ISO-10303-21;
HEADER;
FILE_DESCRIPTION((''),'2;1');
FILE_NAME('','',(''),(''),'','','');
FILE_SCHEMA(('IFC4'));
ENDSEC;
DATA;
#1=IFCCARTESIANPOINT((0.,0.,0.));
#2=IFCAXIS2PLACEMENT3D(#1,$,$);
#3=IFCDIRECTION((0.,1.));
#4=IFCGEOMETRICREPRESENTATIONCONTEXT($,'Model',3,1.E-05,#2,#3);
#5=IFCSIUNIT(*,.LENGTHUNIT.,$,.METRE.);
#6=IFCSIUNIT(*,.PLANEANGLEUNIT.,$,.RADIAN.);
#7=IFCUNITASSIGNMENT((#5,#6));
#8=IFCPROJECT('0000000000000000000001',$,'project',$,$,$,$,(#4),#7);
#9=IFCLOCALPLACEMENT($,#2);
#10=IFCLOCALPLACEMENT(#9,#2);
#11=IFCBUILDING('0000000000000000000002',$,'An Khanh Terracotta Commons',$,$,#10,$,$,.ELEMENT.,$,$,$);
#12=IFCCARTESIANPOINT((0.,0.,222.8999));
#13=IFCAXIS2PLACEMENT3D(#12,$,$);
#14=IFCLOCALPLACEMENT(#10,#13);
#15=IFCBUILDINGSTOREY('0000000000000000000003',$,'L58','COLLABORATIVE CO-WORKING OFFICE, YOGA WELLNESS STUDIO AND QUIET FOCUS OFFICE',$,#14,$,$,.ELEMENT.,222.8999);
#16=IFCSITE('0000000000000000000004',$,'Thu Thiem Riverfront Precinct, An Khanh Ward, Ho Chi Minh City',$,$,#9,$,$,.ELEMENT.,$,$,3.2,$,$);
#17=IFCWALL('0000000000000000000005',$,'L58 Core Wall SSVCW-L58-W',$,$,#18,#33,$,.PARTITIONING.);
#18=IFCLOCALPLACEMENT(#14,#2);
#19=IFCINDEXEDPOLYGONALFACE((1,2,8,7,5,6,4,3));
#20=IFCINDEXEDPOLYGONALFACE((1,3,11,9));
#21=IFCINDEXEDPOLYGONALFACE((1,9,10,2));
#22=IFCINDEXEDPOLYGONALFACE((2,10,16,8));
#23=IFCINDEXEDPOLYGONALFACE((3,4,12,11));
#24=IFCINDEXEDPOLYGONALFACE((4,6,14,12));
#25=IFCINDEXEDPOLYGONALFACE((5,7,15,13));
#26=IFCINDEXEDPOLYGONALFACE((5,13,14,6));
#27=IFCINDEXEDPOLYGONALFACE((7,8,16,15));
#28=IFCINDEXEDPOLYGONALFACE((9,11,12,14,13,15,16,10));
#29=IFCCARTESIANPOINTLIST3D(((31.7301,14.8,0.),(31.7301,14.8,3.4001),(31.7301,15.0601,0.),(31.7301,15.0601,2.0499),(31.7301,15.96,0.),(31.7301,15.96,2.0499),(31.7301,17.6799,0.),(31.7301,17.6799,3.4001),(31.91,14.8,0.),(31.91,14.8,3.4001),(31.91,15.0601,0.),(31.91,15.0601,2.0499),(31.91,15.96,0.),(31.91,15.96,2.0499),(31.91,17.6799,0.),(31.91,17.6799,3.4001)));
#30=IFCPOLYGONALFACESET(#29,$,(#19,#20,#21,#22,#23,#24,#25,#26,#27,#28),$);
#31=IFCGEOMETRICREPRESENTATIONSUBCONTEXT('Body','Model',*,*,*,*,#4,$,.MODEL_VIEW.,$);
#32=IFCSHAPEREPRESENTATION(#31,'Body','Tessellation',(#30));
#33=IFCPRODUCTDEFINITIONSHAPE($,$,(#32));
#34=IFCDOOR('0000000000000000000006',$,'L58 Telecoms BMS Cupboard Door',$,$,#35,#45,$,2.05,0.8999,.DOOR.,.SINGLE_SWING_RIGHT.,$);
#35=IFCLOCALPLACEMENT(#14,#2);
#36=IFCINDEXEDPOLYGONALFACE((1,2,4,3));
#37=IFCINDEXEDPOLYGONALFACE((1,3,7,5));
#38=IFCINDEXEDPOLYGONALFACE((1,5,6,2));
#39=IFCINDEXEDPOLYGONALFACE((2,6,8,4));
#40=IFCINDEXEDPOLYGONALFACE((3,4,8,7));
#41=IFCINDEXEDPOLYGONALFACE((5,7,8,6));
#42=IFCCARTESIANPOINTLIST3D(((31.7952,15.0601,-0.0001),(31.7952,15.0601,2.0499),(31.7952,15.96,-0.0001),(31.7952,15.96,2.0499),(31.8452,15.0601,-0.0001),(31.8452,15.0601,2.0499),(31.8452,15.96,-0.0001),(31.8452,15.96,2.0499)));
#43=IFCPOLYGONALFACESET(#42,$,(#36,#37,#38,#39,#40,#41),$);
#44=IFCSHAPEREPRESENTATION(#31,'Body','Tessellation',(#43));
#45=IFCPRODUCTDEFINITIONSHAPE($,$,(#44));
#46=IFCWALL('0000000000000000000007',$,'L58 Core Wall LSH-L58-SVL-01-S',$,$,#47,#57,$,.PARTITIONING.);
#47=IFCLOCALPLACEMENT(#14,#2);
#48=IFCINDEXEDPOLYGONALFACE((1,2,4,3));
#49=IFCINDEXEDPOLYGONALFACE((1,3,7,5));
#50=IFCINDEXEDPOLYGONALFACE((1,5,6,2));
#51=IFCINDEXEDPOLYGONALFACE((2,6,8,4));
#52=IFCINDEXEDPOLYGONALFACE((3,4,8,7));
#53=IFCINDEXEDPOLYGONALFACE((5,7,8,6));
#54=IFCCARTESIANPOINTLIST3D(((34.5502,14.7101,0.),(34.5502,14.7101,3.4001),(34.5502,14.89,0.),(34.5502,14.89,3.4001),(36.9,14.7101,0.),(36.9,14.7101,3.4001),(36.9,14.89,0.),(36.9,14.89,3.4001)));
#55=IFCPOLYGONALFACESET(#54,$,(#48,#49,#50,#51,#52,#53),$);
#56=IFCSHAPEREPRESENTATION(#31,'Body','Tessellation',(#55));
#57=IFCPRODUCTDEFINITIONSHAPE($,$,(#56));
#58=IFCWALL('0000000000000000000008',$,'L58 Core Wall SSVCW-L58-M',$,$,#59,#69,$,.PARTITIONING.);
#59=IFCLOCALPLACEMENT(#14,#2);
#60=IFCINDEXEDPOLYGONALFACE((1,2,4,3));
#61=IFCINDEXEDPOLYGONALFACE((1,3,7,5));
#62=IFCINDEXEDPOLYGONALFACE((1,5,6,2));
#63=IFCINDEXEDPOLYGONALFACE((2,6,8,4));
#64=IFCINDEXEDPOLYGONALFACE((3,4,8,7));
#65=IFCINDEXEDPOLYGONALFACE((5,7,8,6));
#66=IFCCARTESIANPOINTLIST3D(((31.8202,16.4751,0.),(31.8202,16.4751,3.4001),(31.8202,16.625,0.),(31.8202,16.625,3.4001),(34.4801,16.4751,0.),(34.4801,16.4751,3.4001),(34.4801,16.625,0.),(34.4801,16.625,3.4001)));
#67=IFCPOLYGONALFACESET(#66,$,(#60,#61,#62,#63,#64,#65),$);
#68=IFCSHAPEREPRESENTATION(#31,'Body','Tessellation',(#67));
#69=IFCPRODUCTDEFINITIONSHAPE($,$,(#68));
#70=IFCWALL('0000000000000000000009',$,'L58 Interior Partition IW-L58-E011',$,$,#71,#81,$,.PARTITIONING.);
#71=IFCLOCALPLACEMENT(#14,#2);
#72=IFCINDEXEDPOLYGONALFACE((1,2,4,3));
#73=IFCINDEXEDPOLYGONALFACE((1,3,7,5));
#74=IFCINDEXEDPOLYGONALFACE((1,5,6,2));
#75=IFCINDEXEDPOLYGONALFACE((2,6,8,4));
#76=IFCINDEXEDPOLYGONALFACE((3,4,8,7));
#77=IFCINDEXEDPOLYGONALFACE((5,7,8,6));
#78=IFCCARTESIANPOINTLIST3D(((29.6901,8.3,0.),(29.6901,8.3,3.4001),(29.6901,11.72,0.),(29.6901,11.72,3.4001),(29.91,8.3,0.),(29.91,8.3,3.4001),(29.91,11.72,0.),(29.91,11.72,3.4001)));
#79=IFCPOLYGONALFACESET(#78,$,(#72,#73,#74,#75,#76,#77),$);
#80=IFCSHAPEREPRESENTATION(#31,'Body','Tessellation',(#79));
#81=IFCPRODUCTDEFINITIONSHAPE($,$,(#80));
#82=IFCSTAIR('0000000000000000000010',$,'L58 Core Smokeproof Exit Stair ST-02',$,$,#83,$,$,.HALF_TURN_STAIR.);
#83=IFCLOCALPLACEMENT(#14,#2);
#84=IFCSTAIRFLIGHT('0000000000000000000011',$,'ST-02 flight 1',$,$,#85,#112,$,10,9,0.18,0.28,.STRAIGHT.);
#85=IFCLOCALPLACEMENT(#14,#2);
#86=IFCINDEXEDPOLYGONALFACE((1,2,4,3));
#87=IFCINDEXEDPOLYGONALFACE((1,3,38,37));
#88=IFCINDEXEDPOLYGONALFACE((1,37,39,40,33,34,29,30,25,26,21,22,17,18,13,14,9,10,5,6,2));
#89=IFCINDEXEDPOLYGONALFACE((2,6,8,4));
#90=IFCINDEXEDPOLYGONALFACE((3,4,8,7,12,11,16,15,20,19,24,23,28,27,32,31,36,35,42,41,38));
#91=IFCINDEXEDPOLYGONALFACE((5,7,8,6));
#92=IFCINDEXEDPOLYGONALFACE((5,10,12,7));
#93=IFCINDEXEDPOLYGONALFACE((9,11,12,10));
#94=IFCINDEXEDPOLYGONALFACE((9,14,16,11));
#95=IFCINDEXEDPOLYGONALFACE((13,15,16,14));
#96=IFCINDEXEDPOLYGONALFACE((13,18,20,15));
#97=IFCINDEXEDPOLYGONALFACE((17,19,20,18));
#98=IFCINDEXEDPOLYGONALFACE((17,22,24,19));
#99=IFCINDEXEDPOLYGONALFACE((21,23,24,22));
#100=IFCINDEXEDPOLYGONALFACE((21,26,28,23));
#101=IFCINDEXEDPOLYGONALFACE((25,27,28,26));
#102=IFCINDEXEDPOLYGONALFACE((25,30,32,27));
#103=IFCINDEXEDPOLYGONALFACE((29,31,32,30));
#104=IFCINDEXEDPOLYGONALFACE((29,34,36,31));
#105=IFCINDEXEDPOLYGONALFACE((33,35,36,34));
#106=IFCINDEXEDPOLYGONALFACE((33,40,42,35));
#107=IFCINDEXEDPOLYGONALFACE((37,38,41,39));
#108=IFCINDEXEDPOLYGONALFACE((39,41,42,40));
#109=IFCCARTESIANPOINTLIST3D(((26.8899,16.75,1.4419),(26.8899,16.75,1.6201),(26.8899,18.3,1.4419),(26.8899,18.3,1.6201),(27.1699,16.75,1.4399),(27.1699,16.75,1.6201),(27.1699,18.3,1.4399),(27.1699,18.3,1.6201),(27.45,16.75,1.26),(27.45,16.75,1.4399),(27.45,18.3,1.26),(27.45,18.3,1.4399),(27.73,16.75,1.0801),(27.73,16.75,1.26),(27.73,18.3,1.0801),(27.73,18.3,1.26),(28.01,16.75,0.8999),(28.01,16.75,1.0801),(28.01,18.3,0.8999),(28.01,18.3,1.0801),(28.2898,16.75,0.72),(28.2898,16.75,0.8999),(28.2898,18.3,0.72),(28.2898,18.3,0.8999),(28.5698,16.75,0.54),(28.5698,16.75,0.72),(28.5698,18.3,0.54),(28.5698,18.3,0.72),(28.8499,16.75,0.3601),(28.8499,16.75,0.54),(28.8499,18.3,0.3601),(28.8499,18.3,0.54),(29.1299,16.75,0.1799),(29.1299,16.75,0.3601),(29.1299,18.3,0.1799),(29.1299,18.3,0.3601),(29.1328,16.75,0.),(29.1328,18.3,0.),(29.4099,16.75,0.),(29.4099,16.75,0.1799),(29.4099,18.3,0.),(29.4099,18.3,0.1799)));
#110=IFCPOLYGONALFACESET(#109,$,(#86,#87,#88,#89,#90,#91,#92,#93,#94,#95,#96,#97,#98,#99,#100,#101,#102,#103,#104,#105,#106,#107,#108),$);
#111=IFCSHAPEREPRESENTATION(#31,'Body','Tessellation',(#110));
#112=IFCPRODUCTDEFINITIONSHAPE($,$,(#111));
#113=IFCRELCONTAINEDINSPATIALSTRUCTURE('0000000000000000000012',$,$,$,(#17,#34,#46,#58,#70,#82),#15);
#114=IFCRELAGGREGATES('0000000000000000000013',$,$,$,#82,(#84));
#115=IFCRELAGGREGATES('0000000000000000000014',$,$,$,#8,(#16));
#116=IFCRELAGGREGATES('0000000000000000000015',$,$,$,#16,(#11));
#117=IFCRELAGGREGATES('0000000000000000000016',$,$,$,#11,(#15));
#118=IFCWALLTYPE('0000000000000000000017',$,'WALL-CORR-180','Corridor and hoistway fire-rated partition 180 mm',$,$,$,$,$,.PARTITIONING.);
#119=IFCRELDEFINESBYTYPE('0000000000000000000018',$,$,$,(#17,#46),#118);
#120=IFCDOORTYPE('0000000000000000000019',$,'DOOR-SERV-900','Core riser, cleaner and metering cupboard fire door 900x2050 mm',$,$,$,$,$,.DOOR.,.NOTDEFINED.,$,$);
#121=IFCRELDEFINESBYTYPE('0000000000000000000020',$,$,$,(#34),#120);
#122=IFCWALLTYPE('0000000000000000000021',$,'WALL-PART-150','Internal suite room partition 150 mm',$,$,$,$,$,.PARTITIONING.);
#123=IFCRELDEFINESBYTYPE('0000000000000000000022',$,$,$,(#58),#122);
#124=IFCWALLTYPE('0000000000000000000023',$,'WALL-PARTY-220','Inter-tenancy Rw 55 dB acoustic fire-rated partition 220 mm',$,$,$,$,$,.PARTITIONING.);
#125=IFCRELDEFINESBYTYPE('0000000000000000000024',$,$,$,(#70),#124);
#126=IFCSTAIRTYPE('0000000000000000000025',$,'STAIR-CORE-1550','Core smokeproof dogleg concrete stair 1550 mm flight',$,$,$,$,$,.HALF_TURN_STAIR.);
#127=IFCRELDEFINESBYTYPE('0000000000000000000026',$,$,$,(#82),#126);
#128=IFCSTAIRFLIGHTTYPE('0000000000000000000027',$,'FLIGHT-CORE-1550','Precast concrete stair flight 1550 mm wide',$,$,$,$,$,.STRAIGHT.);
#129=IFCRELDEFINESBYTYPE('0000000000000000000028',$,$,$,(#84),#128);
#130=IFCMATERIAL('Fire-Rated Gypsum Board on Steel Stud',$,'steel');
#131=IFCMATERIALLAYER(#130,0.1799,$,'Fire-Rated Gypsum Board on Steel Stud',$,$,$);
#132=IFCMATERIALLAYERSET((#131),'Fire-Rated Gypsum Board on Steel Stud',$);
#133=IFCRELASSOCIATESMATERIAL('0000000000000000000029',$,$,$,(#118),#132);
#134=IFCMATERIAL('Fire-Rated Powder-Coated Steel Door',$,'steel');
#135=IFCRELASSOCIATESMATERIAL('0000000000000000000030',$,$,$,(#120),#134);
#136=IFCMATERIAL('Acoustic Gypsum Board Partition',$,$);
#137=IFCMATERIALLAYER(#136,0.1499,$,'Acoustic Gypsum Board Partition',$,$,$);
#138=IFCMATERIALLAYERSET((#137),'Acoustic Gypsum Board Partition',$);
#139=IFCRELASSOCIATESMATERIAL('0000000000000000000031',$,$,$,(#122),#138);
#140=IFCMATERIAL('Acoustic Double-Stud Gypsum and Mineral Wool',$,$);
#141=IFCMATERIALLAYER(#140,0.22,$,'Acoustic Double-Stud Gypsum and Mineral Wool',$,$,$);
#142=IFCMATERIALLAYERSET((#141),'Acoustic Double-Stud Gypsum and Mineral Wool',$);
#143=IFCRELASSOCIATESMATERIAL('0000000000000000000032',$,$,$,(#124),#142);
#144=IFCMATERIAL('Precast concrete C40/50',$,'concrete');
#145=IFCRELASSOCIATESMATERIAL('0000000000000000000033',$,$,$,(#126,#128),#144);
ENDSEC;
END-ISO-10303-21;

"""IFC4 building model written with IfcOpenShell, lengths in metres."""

from ifc_helpers import new_model, si_unit, direction, frame, frame_2d, origin, place, context, subcontext, project, spatial, polyline, rectangle, outline, extrude, material, layer, layer_set, type_object, element, fill, aggregate, save


model = new_model("IFC4")

# Units and contexts
model_context = context("Model", 3, precision=1e-05, world=origin(), true_north=direction((0.0, 1.0)))
body_context = subcontext(model_context, "Body", "Model", "MODEL_VIEW")
ifc_project = project(units=[si_unit("LENGTHUNIT", "METRE"), si_unit("PLANEANGLEUNIT", "RADIAN")], contexts=[model_context])

# Site, building, storey
site_placement = place(None, origin())
site = spatial("IfcSite", under=ifc_project, at=site_placement, Name="Thu Thiem Riverfront Precinct, An Khanh Ward, Ho Chi Minh City", CompositionType="ELEMENT", RefElevation=3.2)
building_placement = place(site_placement, origin())
building = spatial("IfcBuilding", under=site, at=building_placement, Name="An Khanh Terracotta Commons", CompositionType="ELEMENT")
storey_placement = place(building_placement, frame((0.0, 0.0, 222.8999)))
storey = spatial("IfcBuildingStorey", under=building, at=storey_placement, Name="L58", Description="COLLABORATIVE CO-WORKING OFFICE, YOGA WELLNESS STUDIO AND QUIET FOCUS OFFICE", CompositionType="ELEMENT", Elevation=222.8999)

# Wall, opening, door
ifc_material_1 = material(Name="Fire-Rated Gypsum Board on Steel Stud", Category="steel")
ifc_layer_1 = layer(ifc_material_1, 0.1799, Name="Fire-Rated Gypsum Board on Steel Stud")
ifc_layer_set_1 = layer_set([ifc_layer_1], Name="Fire-Rated Gypsum Board on Steel Stud")
wall_type_1 = type_object("IfcWallType", Name="WALL-CORR-180", Description="Corridor and hoistway fire-rated partition 180 mm", PredefinedType="PARTITIONING", material=ifc_layer_set_1)
wall_1_placement = place(storey_placement, frame((31.8201, 14.8, 0.0), z_axis=(0.0, 0.0, 1.0), x_axis=(0.0, 1.0, 0.0)))
wall_1 = element("IfcWall", 1, at=wall_1_placement, inside=storey, type_object=wall_type_1, Name="L58 Core Wall SSVCW-L58-W", PredefinedType="PARTITIONING", context=body_context, shape_type="SweptSolid", body=[
    extrude(rectangle(XDim=2.8799, YDim=0.1799, at=frame_2d((1.4399, 0.0))), origin(), (0.0, 0.0, 1.0), 3.4001),
])
opening_1_placement = place(wall_1_placement, frame((0.26, 0.0, 0.0)))
opening_1 = element("IfcOpeningElement", 2, at=opening_1_placement, cuts=wall_1, PredefinedType="OPENING", context=body_context, shape_type="SweptSolid", body=[
    extrude(rectangle(XDim=0.8999, YDim=2.05, at=frame_2d((0.45, 1.0249))), frame((0.0, 0.0999, 0.0), z_axis=(0.0, -1.0, 0.0), x_axis=(1.0, 0.0, 0.0)), (0.0, 0.0, 1.0), 0.2),
])
ifc_material_2 = material(Name="Fire-Rated Powder-Coated Steel Door", Category="steel")
door_type_1 = type_object("IfcDoorType", Name="DOOR-SERV-900", Description="Core riser, cleaner and metering cupboard fire door 900x2050 mm", OperationType="NOTDEFINED", PredefinedType="DOOR", material=ifc_material_2)
door_1_placement = place(opening_1_placement, origin())
door_1 = element("IfcDoor", 3, at=door_1_placement, inside=storey, type_object=door_type_1, Name="L58 Telecoms BMS Cupboard Door", OperationType="SINGLE_SWING_RIGHT", OverallHeight=2.05, OverallWidth=0.8999, PredefinedType="DOOR", context=body_context, shape_type="SweptSolid", body=[
    extrude(rectangle(XDim=0.8999, YDim=2.05, at=frame_2d((0.45, 1.0249))), frame((0.0, 0.0249, 0.0), z_axis=(0.0, -1.0, 0.0), x_axis=(1.0, 0.0, 0.0)), (0.0, 0.0, 1.0), 0.05),
])
fill(opening_1, door_1)

# Walls
wall_2_placement = place(storey_placement, frame((36.8999, 14.8, 0.0), z_axis=(0.0, 0.0, 1.0), x_axis=(-1.0, 0.0, 0.0)))
element("IfcWall", 4, at=wall_2_placement, inside=storey, type_object=wall_type_1, Name="L58 Core Wall LSH-L58-SVL-01-S", PredefinedType="PARTITIONING", context=body_context, shape_type="SweptSolid", body=[
    extrude(rectangle(XDim=2.3499, YDim=0.1799, at=frame_2d((1.1748, 0.0))), origin(), (0.0, 0.0, 1.0), 3.4001),
])
ifc_material_3 = material(Name="Acoustic Gypsum Board Partition")
ifc_layer_2 = layer(ifc_material_3, 0.1499, Name="Acoustic Gypsum Board Partition")
ifc_layer_set_2 = layer_set([ifc_layer_2], Name="Acoustic Gypsum Board Partition")
wall_type_2 = type_object("IfcWallType", Name="WALL-PART-150", Description="Internal suite room partition 150 mm", PredefinedType="PARTITIONING", material=ifc_layer_set_2)
wall_3_placement = place(storey_placement, frame((31.8201, 16.55, 0.0), z_axis=(0.0, 0.0, 1.0), x_axis=(1.0, 0.0, 0.0)))
element("IfcWall", 5, at=wall_3_placement, inside=storey, type_object=wall_type_2, Name="L58 Core Wall SSVCW-L58-M", PredefinedType="PARTITIONING", context=body_context, shape_type="SweptSolid", body=[
    extrude(rectangle(XDim=2.6599, YDim=0.1499, at=frame_2d((1.3301, 0.0))), origin(), (0.0, 0.0, 1.0), 3.4001),
])
ifc_material_4 = material(Name="Acoustic Double-Stud Gypsum and Mineral Wool")
ifc_layer_3 = layer(ifc_material_4, 0.22, Name="Acoustic Double-Stud Gypsum and Mineral Wool")
ifc_layer_set_3 = layer_set([ifc_layer_3], Name="Acoustic Double-Stud Gypsum and Mineral Wool")
wall_type_3 = type_object("IfcWallType", Name="WALL-PARTY-220", Description="Inter-tenancy Rw 55 dB acoustic fire-rated partition 220 mm", PredefinedType="PARTITIONING", material=ifc_layer_set_3)
wall_4_placement = place(storey_placement, frame((29.8, 8.3, 0.0), z_axis=(0.0, 0.0, 1.0), x_axis=(0.0, 1.0, 0.0)))
element("IfcWall", 6, at=wall_4_placement, inside=storey, type_object=wall_type_3, Name="L58 Interior Partition IW-L58-E011", PredefinedType="PARTITIONING", context=body_context, shape_type="SweptSolid", body=[
    extrude(rectangle(XDim=3.4199, YDim=0.22, at=frame_2d((1.71, 0.0))), origin(), (0.0, 0.0, 1.0), 3.4001),
])

# Stair, stair flight
ifc_material_5 = material(Name="Precast concrete C40/50", Category="concrete")
stair_type = type_object("IfcStairType", Name="STAIR-CORE-1550", Description="Core smokeproof dogleg concrete stair 1550 mm flight", PredefinedType="HALF_TURN_STAIR", material=ifc_material_5)
stair_placement = place(storey_placement, origin())
stair = element("IfcStair", 7, at=stair_placement, inside=storey, type_object=stair_type, Name="L58 Core Smokeproof Exit Stair ST-02", PredefinedType="HALF_TURN_STAIR")
stair_flight_type = type_object("IfcStairFlightType", Name="FLIGHT-CORE-1550", Description="Precast concrete stair flight 1550 mm wide", PredefinedType="STRAIGHT", material=ifc_material_5)
stair_flight_placement = place(storey_placement, frame((29.4099, 17.5249, 0.0), z_axis=(0.0, 0.0, 1.0), x_axis=(-1.0, 0.0, 0.0)))
stair_flight = element("IfcStairFlight", 8, at=stair_flight_placement, type_object=stair_flight_type, Name="ST-02 flight 1", NumberOfRisers=10, NumberOfTreads=9, PredefinedType="STRAIGHT", RiserHeight=0.18, TreadLength=0.28, context=body_context, shape_type="SweptSolid", body=[
    extrude(outline(polyline([(0.0, 0.0), (0.0, 0.1799), (0.28, 0.1799), (0.28, 0.3601), (0.5601, 0.3601), (0.5601, 0.54), (0.8401, 0.54), (0.8401, 0.72), (1.1201, 0.72), (1.1201, 0.8999), (1.3999, 0.8999), (1.3999, 1.0801), (1.6799, 1.0801), (1.6799, 1.26), (1.96, 1.26), (1.96, 1.4399), (2.24, 1.4399), (2.24, 1.6201), (2.52, 1.6201), (2.52, 1.8), (2.52, 1.4419), (0.2771, 0.0), (0.0, 0.0)])), frame((0.0, 0.7749, 0.0), z_axis=(0.0, -1.0, 0.0), x_axis=(1.0, 0.0, 0.0)), (0.0, 0.0, 1.0), 1.55),
])
aggregate(stair, [stair_flight])

save(model, "model.ifc")
